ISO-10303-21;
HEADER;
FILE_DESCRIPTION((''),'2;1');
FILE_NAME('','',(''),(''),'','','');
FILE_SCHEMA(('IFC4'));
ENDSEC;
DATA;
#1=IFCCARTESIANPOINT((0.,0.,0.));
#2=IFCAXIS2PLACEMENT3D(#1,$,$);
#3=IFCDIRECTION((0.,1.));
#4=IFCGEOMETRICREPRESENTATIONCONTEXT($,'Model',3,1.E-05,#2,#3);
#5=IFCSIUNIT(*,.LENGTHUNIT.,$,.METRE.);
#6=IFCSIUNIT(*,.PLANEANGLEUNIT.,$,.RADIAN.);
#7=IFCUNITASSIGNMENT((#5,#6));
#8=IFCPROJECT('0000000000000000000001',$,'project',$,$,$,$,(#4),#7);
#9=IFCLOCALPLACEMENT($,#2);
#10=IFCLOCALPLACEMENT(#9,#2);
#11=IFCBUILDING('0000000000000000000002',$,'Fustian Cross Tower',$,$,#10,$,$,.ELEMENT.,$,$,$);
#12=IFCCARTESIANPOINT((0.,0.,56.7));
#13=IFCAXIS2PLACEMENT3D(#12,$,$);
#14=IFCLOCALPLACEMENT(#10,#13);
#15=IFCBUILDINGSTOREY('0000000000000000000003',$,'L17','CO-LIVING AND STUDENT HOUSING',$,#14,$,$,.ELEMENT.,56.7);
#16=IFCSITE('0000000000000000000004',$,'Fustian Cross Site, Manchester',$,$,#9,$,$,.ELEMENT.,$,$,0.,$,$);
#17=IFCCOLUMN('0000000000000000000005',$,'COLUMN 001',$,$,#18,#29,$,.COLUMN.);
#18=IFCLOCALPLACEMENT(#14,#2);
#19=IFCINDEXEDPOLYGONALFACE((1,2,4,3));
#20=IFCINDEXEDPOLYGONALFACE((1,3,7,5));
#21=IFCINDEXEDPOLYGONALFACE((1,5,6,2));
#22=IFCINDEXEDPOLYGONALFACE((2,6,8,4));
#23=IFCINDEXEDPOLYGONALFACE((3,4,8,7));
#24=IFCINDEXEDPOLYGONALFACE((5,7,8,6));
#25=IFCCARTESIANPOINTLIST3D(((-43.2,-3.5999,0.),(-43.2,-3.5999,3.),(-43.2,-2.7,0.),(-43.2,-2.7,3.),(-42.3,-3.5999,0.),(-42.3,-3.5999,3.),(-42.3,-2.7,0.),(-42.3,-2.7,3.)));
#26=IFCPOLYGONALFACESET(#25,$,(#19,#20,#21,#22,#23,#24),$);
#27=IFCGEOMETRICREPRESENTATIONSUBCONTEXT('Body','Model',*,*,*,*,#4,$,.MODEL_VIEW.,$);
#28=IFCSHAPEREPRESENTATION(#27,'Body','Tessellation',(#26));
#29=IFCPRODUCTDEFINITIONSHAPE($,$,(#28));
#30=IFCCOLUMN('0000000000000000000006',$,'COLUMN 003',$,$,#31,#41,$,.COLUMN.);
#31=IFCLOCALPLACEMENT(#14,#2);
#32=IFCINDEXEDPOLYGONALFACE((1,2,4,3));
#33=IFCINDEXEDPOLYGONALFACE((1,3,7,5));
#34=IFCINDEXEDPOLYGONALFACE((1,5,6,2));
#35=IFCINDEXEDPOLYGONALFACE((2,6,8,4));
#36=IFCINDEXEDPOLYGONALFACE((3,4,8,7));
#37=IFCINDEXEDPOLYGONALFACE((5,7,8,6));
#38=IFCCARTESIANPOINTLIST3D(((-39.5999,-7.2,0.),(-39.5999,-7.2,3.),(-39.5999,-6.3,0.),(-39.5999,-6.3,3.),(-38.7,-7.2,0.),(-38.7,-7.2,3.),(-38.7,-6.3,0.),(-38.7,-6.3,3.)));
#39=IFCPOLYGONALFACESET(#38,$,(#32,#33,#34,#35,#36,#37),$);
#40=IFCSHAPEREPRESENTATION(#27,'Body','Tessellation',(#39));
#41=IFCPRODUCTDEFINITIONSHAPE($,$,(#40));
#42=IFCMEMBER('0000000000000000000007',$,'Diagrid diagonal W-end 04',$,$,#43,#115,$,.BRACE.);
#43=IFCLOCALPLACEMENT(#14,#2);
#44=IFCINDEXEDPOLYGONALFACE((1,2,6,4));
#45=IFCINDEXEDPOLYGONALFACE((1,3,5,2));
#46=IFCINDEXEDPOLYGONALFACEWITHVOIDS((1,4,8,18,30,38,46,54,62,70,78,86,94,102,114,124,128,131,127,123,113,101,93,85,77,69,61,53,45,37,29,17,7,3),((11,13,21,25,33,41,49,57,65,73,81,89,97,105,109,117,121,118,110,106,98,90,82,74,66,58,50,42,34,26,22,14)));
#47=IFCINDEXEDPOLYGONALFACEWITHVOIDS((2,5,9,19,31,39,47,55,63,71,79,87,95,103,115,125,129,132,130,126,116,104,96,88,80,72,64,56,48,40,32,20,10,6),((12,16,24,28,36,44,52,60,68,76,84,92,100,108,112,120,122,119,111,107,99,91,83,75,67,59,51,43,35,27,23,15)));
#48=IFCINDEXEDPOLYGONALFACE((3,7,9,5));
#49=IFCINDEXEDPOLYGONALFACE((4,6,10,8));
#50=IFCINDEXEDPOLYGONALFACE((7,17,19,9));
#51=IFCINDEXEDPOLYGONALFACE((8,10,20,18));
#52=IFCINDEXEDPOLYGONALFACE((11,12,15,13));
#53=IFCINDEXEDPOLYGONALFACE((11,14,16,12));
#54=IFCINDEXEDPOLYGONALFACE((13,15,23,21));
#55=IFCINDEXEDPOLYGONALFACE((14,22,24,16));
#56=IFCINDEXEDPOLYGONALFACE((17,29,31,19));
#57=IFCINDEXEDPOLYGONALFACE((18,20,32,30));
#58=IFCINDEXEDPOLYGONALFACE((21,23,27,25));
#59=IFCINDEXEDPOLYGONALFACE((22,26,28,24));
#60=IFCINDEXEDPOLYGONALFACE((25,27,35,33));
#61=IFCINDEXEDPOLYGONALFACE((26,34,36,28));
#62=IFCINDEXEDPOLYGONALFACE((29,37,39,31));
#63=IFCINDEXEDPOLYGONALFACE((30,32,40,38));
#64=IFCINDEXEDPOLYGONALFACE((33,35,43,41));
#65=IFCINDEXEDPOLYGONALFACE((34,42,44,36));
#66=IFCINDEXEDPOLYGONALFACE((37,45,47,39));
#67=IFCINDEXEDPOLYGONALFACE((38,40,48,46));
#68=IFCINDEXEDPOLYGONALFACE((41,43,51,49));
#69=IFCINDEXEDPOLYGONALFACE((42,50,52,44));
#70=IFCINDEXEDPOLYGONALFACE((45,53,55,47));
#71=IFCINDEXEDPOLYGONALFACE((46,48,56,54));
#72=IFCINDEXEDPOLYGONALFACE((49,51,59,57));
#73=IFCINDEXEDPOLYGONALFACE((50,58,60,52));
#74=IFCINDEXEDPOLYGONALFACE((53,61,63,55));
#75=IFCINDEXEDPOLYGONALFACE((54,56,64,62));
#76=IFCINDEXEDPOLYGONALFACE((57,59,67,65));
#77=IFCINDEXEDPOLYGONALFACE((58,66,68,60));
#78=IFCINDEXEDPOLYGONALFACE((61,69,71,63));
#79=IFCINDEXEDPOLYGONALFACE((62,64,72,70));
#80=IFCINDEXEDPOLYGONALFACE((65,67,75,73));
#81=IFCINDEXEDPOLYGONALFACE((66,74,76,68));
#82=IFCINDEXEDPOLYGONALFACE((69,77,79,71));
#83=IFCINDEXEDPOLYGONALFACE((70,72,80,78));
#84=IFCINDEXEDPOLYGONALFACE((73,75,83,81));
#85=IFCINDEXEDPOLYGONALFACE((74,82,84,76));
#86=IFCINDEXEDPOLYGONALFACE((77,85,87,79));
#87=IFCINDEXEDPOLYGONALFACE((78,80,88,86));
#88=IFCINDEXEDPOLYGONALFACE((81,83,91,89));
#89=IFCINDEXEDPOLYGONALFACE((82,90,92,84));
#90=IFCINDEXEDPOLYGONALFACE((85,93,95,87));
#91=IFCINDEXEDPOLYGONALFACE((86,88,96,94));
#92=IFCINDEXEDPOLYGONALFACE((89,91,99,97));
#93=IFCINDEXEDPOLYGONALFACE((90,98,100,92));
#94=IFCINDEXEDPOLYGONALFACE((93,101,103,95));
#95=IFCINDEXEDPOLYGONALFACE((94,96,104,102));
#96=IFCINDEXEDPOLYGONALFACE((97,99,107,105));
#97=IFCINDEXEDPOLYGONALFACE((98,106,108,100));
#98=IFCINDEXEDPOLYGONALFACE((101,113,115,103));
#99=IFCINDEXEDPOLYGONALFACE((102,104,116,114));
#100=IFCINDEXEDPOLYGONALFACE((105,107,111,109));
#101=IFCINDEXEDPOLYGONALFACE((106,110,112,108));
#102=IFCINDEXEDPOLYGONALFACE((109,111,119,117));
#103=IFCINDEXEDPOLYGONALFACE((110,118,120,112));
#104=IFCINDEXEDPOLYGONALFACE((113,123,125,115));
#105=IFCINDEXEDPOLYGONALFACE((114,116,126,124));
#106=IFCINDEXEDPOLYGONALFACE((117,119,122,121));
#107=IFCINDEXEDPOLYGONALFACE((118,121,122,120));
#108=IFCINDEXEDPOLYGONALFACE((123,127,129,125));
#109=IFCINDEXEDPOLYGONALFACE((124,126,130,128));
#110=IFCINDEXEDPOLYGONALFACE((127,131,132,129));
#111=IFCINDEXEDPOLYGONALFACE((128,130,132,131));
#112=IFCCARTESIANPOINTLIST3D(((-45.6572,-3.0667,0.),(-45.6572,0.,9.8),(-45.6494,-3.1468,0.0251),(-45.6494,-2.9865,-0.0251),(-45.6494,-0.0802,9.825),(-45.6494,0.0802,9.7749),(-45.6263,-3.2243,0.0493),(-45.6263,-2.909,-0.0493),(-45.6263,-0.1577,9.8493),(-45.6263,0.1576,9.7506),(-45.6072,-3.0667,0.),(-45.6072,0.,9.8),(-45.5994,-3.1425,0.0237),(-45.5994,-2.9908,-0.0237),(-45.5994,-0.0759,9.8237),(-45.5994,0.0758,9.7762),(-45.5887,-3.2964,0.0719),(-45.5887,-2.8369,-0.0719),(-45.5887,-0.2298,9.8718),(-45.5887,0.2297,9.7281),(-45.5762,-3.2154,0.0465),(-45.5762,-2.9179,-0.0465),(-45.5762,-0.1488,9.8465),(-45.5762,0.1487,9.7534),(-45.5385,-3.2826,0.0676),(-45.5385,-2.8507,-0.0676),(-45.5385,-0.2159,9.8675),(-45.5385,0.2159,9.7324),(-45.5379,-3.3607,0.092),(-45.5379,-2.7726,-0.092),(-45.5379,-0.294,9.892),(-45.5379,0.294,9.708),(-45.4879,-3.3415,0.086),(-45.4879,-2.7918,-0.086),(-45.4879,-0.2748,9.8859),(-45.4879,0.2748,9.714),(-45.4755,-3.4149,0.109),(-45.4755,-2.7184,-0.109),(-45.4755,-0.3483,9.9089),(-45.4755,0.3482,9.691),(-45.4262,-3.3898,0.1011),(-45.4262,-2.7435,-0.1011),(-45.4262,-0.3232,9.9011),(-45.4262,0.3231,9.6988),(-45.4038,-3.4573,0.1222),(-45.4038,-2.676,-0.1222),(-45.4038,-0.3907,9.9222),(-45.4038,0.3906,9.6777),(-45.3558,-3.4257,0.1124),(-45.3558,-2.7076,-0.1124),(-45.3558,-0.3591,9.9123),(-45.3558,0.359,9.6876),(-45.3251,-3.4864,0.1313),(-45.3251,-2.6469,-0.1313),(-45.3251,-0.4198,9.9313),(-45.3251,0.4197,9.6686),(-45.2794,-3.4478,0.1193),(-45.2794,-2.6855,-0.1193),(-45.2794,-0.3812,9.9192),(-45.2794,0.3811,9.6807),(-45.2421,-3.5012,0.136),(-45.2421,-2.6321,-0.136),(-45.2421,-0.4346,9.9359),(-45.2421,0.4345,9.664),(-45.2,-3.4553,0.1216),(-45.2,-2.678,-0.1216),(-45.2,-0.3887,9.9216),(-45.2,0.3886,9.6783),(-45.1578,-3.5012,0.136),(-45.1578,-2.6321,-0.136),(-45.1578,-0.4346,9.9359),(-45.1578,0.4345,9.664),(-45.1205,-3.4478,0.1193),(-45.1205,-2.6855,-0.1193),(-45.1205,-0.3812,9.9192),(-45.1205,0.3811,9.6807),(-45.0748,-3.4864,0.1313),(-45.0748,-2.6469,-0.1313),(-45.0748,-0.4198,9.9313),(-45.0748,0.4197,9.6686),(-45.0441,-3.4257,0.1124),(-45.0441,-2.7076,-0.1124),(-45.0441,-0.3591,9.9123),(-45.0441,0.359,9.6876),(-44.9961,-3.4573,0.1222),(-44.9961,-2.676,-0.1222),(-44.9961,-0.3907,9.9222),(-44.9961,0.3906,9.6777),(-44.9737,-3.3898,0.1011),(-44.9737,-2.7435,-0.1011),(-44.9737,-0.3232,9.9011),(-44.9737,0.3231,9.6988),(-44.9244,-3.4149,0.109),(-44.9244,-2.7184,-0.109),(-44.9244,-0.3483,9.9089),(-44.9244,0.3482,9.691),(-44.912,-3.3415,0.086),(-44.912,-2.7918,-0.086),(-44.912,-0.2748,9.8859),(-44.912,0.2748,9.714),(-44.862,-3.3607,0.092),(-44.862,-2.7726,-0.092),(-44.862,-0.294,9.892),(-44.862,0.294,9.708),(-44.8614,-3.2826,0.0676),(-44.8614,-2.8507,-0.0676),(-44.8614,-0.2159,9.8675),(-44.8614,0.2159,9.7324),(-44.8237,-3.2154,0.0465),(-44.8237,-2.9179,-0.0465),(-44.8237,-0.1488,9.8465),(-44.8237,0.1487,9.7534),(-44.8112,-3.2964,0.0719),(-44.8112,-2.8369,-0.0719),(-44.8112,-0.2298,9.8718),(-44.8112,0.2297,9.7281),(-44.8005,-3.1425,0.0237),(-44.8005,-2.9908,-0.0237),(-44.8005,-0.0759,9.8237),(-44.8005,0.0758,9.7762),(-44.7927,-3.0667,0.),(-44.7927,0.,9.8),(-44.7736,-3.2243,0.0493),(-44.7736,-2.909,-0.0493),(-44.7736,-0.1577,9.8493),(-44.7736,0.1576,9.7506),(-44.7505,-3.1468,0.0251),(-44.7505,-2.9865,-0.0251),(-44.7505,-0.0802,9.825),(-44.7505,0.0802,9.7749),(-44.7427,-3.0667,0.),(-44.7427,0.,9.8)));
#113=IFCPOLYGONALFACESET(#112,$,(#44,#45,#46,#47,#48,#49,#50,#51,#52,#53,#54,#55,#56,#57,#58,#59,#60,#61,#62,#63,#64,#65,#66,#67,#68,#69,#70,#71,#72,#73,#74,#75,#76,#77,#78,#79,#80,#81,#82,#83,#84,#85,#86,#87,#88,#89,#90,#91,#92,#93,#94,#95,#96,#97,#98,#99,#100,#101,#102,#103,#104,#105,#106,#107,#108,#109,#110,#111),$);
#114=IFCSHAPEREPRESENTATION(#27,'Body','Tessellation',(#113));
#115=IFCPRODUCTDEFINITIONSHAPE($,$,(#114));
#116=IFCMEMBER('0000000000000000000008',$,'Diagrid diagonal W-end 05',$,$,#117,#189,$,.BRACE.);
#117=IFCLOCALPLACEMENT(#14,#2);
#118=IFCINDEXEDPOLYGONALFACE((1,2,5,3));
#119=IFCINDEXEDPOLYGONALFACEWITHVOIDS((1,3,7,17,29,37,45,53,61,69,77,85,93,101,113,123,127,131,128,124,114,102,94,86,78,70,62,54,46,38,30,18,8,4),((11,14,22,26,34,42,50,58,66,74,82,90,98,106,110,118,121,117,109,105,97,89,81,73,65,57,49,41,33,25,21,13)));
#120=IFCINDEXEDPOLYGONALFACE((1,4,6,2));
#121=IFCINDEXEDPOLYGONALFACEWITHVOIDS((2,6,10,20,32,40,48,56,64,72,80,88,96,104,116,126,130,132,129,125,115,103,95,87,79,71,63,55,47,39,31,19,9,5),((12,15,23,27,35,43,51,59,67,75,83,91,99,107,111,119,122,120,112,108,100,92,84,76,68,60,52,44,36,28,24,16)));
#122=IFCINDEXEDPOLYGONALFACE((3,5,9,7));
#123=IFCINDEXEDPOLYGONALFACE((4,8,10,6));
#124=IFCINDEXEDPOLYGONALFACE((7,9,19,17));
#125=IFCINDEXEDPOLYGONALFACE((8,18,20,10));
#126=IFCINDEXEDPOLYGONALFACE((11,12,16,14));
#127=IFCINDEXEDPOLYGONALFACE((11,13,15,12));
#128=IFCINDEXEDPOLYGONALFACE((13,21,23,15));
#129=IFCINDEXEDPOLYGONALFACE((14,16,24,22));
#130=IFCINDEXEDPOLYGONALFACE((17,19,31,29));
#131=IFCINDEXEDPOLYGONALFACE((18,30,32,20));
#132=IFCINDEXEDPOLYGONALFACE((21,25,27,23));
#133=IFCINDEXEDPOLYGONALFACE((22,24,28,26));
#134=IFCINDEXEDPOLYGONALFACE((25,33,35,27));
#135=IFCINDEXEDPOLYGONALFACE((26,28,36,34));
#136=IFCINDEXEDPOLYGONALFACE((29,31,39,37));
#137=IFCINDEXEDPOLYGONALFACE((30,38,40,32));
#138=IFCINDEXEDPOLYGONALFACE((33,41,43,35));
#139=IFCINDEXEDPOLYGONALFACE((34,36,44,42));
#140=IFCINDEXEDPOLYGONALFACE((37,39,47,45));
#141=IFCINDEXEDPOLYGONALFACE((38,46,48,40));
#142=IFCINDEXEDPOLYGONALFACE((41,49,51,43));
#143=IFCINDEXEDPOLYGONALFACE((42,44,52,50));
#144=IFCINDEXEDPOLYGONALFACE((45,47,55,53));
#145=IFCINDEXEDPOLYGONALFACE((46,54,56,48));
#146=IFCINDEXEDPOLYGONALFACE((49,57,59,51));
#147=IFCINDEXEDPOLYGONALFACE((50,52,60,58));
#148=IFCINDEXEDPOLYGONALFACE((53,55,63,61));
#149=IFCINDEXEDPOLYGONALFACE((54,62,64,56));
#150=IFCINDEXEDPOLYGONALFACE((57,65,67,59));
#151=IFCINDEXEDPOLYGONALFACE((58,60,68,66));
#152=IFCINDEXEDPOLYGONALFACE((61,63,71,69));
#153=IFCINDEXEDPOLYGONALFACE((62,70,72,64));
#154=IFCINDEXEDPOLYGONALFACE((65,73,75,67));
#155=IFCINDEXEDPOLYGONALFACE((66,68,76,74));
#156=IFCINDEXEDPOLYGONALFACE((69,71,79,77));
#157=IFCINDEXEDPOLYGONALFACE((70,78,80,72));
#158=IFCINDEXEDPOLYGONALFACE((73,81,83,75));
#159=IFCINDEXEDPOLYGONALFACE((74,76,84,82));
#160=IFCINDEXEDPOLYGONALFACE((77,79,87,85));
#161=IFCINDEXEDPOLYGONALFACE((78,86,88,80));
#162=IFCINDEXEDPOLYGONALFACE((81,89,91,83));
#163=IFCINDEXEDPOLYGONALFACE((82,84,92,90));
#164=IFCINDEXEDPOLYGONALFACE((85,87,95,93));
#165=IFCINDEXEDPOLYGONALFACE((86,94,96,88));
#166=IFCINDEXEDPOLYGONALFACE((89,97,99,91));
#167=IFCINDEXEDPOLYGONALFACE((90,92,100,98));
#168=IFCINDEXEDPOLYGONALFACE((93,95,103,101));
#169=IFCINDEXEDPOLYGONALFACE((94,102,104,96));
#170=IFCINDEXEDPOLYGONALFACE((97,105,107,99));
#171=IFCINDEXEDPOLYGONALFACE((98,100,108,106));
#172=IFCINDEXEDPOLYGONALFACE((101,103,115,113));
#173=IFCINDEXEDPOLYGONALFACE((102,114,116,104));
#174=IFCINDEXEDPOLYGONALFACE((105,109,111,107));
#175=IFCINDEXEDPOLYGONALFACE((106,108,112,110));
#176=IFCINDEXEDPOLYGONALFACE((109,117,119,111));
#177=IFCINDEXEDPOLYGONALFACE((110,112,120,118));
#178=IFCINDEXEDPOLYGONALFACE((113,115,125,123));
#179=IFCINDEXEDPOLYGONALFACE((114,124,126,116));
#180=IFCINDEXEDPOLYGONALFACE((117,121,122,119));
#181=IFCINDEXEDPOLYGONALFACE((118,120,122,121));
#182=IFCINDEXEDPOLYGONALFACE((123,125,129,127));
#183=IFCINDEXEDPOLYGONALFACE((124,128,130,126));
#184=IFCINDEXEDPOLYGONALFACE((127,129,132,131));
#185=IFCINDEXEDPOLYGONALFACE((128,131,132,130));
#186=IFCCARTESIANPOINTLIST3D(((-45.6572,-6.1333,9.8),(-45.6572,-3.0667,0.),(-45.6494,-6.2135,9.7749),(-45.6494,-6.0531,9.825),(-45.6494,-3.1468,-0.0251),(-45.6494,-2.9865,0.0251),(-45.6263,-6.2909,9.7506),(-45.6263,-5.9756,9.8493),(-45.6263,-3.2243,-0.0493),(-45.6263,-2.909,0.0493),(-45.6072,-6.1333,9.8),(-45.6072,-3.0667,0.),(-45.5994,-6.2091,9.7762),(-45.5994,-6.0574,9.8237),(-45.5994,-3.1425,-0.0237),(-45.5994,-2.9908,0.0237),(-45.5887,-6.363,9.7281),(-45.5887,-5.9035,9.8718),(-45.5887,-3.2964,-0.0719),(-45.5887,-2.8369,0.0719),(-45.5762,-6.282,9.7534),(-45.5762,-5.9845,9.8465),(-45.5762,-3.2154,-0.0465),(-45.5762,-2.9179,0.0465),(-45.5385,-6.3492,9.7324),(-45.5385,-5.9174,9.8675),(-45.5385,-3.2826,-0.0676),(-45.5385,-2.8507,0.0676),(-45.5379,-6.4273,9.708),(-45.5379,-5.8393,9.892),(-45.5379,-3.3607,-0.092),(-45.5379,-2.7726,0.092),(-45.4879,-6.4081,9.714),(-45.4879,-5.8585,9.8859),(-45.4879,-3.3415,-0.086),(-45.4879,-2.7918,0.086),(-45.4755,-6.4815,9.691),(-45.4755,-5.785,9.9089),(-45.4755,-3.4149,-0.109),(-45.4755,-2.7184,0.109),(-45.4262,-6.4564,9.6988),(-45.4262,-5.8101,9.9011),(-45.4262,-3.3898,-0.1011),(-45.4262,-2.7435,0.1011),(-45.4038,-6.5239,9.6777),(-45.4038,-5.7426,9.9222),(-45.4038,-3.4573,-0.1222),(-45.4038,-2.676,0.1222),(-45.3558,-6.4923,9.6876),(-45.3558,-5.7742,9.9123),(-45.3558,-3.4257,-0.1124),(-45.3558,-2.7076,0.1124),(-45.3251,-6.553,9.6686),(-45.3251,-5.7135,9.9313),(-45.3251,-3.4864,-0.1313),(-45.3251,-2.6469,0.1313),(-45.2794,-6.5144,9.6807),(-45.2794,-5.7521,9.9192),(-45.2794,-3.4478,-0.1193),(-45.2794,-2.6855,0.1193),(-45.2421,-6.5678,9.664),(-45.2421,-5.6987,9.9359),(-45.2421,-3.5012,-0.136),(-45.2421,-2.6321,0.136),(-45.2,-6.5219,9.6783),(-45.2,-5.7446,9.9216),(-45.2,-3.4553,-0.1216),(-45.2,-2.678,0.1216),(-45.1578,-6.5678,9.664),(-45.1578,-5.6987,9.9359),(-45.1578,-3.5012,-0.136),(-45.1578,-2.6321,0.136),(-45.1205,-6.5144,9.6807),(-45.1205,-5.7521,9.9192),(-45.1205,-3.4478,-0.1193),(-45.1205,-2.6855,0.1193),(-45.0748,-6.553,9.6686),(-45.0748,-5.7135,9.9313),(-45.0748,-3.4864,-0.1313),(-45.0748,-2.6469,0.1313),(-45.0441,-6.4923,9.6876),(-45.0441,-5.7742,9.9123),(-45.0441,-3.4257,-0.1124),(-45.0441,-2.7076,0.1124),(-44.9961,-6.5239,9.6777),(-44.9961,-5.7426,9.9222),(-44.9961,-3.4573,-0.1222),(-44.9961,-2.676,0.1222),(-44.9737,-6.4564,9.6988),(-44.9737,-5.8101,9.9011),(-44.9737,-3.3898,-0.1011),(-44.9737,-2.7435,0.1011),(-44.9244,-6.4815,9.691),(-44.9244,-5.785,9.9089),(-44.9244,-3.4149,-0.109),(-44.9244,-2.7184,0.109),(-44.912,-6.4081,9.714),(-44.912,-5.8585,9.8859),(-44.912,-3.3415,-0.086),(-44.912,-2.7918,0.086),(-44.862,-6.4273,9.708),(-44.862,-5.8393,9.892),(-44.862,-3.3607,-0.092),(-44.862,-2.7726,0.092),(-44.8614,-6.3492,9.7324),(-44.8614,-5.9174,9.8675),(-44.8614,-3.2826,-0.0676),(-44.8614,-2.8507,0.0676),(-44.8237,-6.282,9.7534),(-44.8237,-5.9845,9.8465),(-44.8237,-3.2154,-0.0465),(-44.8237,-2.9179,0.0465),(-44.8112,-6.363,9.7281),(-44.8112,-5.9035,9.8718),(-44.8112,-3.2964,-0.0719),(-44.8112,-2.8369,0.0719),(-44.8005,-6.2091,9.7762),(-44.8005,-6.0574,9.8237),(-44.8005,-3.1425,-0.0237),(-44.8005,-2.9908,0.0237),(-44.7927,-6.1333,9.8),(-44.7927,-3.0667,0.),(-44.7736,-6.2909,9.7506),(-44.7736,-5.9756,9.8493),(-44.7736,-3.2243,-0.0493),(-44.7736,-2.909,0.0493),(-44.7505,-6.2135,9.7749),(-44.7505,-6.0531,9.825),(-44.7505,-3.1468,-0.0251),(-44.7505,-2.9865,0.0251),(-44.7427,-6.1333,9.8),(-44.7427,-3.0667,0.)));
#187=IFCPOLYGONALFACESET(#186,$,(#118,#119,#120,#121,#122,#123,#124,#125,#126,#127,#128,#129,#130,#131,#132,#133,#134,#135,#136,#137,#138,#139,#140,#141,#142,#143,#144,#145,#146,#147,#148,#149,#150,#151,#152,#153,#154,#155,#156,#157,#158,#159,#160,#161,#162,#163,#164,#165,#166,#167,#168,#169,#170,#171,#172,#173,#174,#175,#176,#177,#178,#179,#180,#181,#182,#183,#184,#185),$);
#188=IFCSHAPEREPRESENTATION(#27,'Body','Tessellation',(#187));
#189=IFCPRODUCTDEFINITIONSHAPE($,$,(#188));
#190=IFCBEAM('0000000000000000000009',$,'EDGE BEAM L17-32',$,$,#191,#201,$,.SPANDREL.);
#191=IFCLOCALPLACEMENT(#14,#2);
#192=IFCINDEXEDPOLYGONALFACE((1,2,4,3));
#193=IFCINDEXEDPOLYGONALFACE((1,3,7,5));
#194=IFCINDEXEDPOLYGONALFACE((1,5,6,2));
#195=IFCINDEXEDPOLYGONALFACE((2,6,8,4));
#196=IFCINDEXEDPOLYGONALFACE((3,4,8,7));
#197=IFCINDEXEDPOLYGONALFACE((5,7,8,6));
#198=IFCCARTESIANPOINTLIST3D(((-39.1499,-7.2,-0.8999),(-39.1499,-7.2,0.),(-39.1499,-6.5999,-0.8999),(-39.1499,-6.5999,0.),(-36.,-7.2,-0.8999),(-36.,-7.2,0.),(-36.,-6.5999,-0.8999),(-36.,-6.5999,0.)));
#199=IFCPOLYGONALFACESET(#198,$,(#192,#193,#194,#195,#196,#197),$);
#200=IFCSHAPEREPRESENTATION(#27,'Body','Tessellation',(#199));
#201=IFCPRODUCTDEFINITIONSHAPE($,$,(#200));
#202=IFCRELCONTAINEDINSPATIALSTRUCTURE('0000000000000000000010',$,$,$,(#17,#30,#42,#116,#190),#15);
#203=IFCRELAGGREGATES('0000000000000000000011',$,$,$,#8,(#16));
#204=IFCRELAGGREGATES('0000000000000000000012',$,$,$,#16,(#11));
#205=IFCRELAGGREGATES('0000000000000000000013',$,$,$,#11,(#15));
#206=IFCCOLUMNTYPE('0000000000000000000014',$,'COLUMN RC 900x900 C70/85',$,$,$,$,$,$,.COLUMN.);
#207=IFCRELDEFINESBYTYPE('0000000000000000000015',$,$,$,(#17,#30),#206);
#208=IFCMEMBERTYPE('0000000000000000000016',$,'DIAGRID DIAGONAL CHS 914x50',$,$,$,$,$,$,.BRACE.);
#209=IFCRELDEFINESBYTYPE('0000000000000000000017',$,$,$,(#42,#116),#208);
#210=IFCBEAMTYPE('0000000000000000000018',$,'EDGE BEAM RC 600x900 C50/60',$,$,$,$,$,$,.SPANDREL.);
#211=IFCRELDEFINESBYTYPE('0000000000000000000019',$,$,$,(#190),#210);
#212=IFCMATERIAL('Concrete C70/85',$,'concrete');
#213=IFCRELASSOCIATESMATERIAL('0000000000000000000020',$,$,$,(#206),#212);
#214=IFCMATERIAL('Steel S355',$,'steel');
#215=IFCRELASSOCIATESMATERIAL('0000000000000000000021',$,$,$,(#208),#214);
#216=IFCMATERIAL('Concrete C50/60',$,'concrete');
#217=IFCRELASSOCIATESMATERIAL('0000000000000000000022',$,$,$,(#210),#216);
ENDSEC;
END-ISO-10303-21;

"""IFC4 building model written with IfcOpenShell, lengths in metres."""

from ifc_helpers import new_model, si_unit, direction, frame, origin, origin_2d, place, context, subcontext, project, spatial, rectangle, hollow_circle, extrude, material, material_profile, profile_set, type_object, element, save


model = new_model("IFC4")

# Units and contexts
model_context = context("Model", 3, precision=1e-05, world=origin(), true_north=direction((0.0, 1.0)))
body_context = subcontext(model_context, "Body", "Model", "MODEL_VIEW")
ifc_project = project(units=[si_unit("LENGTHUNIT", "METRE"), si_unit("PLANEANGLEUNIT", "RADIAN")], contexts=[model_context])

# Site, building, storey
site_placement = place(None, origin())
site = spatial("IfcSite", under=ifc_project, at=site_placement, Name="Fustian Cross Site, Manchester", CompositionType="ELEMENT", RefElevation=0.0)
building_placement = place(site_placement, origin())
building = spatial("IfcBuilding", under=site, at=building_placement, Name="Fustian Cross Tower", CompositionType="ELEMENT")
storey_placement = place(building_placement, frame((0.0, 0.0, 56.7)))
storey = spatial("IfcBuildingStorey", under=building, at=storey_placement, Name="L17", Description="CO-LIVING AND STUDENT HOUSING", CompositionType="ELEMENT", Elevation=56.7)

# Columns
ifc_material_1 = material(Name="Concrete C70/85", Category="concrete")
ifc_material_profile_1 = material_profile(ifc_material_1, rectangle(XDim=0.8999, YDim=0.8999, at=origin_2d()), Name="RC 900x900")
ifc_profile_set_1 = profile_set([ifc_material_profile_1], Name="Concrete C70/85")
column_type = type_object("IfcColumnType", Name="COLUMN RC 900x900 C70/85", PredefinedType="COLUMN", material=ifc_profile_set_1)
for number, where, z_axis, x_axis, name in (
    (1, (-42.75, -3.1499, 0.0), (0.0, 0.0, 1.0), (1.0, 0.0, 0.0), "COLUMN 001"),
    (2, (-39.1499, -6.75, 0.0), (0.0, 0.0, 1.0), (1.0, 0.0, 0.0), "COLUMN 003"),
):
    element("IfcColumn", number, at=place(storey_placement, frame(where, z_axis=z_axis, x_axis=x_axis)), inside=storey, type_object=column_type, Name=name, PredefinedType="COLUMN", context=body_context, shape_type="SweptSolid", body=[
        extrude(rectangle(XDim=0.8999, YDim=0.8999, at=origin_2d()), origin(), (0.0, 0.0, 1.0), 3.0),
    ])

# Members
ifc_material_2 = material(Name="Steel S355", Category="steel")
ifc_material_profile_2 = material_profile(ifc_material_2, hollow_circle(Radius=0.4573, WallThickness=0.05, at=origin_2d()), Name="CHS 914x50")
ifc_profile_set_2 = profile_set([ifc_material_profile_2], Name="Steel S355")
member_type = type_object("IfcMemberType", Name="DIAGRID DIAGONAL CHS 914x50", PredefinedType="BRACE", material=ifc_profile_set_2)
for number, where, z_axis, x_axis, name in (
    (3, (-45.2, -3.0667, 0.0), (0.0, 0.298642, 0.954365), (-1.0, 0.0, 0.0), "Diagrid diagonal W-end 04"),
    (4, (-45.2, -3.0667, 0.0), (0.0, -0.298642, 0.954365), (1.0, 0.0, 0.0), "Diagrid diagonal W-end 05"),
):
    element("IfcMember", number, at=place(storey_placement, frame(where, z_axis=z_axis, x_axis=x_axis)), inside=storey, type_object=member_type, Name=name, PredefinedType="BRACE", context=body_context, shape_type="SweptSolid", body=[
        extrude(hollow_circle(Radius=0.4573, WallThickness=0.05, at=origin_2d()), origin(), (0.0, 0.0, 1.0), 10.2686),
    ])

# Beam
ifc_material_3 = material(Name="Concrete C50/60", Category="concrete")
ifc_material_profile_3 = material_profile(ifc_material_3, rectangle(XDim=0.6001, YDim=0.8999, at=origin_2d()), Name="RC 600x900")
ifc_profile_set_3 = profile_set([ifc_material_profile_3], Name="Concrete C50/60")
beam_type = type_object("IfcBeamType", Name="EDGE BEAM RC 600x900 C50/60", PredefinedType="SPANDREL", material=ifc_profile_set_3)
beam_1_placement = place(storey_placement, frame((-39.1499, -6.8999, -0.45), z_axis=(1.0, 0.0, 0.0), x_axis=(0.0, 1.0, 0.0)))
element("IfcBeam", 5, at=beam_1_placement, inside=storey, type_object=beam_type, Name="EDGE BEAM L17-32", PredefinedType="SPANDREL", context=body_context, shape_type="SweptSolid", body=[
    extrude(rectangle(XDim=0.6001, YDim=0.8999, at=origin_2d()), origin(), (0.0, 0.0, 1.0), 3.1499),
])

save(model, "model.ifc")
